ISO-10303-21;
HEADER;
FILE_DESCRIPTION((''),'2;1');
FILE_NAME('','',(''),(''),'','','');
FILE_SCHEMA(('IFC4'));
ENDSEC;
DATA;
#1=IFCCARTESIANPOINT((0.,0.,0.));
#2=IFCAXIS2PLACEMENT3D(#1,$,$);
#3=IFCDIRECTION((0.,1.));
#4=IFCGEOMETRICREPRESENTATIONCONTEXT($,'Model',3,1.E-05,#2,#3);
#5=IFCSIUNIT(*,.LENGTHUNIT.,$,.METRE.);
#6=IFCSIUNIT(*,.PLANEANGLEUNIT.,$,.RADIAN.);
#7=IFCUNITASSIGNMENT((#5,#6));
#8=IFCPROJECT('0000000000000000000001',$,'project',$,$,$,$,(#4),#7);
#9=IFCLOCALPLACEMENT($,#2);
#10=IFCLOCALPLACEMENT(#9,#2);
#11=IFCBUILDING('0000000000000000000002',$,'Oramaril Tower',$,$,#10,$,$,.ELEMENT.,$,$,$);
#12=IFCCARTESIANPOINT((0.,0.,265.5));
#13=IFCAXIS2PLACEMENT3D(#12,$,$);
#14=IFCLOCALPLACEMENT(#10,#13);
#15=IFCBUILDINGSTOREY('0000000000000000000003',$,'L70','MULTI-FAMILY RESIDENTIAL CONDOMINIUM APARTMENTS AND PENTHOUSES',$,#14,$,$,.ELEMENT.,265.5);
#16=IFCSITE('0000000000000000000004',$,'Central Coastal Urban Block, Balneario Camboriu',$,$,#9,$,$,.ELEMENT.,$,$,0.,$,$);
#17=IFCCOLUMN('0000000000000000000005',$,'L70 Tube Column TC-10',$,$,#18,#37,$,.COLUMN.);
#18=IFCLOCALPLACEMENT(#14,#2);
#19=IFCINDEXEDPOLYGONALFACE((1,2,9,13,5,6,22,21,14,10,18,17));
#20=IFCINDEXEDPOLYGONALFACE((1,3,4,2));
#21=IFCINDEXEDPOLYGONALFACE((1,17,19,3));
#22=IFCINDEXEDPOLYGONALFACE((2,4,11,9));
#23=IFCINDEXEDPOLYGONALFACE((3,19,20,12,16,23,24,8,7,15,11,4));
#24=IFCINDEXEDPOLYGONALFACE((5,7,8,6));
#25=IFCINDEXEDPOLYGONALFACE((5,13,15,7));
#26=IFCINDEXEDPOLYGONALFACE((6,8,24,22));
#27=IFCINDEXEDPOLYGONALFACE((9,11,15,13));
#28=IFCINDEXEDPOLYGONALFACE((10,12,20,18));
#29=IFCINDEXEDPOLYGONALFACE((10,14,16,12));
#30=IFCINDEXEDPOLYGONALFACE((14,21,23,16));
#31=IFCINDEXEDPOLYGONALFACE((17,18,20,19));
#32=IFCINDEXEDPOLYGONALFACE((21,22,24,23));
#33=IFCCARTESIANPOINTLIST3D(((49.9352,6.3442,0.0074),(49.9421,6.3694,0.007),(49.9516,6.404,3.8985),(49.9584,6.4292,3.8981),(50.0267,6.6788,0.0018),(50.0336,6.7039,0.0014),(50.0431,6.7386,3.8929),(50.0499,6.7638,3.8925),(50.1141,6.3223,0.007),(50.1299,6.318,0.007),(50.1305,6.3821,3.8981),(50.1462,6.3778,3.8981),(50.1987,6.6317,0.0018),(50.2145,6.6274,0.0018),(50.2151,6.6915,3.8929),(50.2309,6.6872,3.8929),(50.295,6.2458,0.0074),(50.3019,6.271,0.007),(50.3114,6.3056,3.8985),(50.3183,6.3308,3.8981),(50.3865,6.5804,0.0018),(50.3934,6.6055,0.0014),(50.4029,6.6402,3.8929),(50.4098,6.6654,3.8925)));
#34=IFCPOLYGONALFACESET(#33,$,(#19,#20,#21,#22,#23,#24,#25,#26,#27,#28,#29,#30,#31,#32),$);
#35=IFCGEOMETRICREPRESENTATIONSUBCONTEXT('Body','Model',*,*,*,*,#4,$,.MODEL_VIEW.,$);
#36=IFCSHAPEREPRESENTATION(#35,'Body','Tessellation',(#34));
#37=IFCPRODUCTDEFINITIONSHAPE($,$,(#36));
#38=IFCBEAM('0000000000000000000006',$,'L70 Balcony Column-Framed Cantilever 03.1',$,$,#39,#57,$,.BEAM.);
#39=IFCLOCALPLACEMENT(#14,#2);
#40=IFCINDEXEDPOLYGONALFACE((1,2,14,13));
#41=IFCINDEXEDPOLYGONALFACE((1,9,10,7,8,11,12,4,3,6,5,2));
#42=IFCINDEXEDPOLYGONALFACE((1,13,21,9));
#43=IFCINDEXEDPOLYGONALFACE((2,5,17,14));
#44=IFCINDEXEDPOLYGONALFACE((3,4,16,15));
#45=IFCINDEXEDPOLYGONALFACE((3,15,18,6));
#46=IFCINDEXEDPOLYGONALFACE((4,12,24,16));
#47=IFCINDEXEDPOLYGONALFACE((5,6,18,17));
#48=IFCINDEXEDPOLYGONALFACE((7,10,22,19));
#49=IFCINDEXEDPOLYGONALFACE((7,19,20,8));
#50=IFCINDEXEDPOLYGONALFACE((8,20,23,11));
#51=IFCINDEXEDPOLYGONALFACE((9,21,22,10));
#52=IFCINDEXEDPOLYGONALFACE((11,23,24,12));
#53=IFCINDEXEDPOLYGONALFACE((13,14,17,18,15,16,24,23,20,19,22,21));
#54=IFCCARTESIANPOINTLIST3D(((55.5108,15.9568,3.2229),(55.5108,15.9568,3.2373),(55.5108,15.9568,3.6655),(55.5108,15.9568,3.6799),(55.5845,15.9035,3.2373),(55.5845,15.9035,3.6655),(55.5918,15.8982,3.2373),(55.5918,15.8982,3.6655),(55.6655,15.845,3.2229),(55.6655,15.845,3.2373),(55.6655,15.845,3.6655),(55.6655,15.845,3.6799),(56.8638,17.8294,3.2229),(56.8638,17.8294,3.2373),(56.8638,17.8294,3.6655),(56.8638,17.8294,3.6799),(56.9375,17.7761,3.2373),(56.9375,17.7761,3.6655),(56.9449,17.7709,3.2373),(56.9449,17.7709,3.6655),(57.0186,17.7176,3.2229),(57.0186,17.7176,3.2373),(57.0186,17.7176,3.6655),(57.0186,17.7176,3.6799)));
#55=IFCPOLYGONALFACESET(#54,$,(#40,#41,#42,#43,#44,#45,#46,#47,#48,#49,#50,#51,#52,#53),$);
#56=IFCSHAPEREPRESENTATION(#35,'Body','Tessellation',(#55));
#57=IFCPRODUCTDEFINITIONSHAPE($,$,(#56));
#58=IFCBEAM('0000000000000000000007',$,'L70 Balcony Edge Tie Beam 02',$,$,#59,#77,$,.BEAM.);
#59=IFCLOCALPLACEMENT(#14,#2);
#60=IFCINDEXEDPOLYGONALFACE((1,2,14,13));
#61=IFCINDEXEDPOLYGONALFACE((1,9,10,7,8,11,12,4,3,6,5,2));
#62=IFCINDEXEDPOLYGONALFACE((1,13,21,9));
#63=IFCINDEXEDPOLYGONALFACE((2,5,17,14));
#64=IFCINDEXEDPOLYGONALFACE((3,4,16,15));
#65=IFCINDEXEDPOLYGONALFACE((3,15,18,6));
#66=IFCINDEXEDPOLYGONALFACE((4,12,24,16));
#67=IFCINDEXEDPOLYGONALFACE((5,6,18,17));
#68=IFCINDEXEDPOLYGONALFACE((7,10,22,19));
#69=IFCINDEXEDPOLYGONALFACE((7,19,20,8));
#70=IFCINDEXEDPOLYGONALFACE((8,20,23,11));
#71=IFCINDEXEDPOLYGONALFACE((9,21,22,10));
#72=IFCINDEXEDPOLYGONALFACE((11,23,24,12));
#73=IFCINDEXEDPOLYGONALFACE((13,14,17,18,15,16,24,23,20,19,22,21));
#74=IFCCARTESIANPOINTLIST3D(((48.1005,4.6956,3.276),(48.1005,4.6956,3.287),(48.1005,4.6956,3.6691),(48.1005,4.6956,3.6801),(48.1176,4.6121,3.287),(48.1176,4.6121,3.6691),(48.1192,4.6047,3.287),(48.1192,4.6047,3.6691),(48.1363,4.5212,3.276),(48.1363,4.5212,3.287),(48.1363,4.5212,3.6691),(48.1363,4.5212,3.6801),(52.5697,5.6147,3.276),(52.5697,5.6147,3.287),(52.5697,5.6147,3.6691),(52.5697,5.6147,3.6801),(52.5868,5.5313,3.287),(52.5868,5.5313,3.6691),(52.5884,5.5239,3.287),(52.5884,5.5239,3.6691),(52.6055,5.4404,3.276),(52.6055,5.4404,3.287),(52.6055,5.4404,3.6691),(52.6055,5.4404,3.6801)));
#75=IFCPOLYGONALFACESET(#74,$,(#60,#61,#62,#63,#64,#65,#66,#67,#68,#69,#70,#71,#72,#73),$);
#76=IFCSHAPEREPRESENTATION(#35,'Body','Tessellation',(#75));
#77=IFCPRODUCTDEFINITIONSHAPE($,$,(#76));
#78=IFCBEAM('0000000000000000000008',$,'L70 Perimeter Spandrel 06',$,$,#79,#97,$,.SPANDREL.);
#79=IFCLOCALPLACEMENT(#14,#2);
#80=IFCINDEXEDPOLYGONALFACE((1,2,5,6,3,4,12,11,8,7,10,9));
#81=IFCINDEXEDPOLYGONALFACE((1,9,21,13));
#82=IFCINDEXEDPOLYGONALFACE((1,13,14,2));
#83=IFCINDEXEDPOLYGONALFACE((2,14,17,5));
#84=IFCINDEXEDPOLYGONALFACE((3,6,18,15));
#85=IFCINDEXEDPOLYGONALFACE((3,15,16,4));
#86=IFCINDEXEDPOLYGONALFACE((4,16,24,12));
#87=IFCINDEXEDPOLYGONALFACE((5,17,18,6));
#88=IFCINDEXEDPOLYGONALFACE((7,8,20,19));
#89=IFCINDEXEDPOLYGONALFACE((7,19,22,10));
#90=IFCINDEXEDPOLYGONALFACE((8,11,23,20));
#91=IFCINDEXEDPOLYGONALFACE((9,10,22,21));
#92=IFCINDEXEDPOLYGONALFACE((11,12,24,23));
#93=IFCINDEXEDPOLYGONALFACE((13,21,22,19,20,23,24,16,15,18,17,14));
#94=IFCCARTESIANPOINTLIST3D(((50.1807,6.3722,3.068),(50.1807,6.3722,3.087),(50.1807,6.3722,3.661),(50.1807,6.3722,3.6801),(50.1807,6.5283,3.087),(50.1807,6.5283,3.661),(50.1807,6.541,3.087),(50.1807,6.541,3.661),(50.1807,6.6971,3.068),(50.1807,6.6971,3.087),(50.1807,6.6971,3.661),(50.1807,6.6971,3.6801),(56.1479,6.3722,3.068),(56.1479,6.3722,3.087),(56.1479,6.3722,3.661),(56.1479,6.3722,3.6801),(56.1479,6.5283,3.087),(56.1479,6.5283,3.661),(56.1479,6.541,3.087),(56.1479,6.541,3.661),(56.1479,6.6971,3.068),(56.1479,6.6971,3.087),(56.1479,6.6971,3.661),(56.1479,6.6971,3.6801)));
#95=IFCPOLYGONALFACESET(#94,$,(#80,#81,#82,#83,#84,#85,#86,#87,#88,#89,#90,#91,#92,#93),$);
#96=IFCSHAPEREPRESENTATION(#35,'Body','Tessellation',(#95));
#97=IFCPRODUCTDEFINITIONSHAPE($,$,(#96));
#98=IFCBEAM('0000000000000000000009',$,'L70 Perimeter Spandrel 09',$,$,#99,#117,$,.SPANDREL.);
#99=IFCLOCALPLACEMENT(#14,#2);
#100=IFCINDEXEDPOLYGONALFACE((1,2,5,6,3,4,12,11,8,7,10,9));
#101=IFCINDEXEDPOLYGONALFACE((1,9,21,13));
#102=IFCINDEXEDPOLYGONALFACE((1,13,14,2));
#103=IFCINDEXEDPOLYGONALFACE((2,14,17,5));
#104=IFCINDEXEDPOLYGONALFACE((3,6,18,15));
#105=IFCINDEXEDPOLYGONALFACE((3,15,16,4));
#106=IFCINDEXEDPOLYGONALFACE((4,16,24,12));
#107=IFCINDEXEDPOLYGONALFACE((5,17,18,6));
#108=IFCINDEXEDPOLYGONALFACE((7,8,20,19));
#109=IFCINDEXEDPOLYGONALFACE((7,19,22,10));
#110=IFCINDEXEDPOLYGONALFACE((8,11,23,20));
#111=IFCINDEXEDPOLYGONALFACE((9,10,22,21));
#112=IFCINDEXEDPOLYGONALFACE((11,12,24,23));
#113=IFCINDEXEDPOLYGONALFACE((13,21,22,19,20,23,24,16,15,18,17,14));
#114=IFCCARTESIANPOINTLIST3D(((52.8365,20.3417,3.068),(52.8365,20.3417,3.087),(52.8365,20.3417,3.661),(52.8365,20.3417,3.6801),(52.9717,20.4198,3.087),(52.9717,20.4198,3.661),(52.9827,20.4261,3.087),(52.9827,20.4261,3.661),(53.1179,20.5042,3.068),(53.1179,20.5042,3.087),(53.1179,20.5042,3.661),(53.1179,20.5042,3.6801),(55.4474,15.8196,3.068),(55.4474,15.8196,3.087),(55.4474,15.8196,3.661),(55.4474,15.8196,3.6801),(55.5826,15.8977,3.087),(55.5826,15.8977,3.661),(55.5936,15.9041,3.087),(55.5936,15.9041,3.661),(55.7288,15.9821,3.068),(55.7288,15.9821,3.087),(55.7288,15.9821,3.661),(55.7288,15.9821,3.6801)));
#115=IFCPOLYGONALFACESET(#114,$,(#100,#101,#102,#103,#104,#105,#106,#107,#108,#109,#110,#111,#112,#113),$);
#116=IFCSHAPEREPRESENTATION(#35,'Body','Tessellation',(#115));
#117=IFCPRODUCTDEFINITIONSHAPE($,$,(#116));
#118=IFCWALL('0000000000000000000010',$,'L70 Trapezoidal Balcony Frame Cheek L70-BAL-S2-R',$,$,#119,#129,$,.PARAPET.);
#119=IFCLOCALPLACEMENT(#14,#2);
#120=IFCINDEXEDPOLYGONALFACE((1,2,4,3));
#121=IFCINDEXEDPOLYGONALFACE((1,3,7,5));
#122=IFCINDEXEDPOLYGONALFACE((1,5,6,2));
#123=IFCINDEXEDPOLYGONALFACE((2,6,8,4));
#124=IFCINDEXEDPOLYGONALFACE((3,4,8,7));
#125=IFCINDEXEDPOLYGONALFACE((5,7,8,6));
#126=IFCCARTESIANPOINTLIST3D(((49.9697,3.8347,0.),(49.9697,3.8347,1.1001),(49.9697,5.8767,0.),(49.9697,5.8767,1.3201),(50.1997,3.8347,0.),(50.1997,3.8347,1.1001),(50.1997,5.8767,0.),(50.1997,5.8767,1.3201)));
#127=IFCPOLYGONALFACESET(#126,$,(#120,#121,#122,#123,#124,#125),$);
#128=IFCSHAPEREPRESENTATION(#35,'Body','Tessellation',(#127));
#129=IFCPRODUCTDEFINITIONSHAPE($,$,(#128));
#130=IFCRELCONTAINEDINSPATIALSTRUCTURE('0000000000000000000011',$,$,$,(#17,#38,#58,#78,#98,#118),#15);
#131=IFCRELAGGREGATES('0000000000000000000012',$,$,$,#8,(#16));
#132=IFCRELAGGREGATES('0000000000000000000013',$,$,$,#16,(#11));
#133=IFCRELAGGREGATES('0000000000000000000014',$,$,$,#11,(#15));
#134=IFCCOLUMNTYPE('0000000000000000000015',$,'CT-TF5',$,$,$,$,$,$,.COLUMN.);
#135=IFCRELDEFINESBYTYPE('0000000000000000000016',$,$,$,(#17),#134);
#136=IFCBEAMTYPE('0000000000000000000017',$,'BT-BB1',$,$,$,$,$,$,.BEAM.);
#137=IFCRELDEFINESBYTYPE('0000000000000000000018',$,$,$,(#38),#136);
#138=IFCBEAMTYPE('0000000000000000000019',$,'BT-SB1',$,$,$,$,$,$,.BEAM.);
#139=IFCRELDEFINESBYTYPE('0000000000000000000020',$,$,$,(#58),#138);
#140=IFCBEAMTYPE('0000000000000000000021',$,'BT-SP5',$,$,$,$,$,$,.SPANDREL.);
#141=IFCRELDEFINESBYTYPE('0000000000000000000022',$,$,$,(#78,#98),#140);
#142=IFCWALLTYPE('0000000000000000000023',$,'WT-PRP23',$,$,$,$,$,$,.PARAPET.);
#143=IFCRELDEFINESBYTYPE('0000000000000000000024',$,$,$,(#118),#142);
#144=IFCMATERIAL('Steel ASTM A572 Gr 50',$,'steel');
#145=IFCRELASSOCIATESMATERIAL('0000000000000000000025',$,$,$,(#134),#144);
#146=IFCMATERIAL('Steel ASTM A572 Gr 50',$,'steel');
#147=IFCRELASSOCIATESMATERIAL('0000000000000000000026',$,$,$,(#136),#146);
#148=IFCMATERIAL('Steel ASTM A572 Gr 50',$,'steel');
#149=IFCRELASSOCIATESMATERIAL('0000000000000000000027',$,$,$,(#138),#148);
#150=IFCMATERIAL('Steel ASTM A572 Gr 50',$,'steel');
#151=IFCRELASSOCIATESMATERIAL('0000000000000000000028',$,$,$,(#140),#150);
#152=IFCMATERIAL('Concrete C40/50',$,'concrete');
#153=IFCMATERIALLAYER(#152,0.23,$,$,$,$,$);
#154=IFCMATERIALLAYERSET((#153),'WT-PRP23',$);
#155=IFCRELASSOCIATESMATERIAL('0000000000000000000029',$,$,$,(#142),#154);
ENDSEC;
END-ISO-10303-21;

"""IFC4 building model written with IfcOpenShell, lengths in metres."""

from ifc_helpers import new_model, si_unit, direction, frame, origin, origin_2d, place, context, subcontext, project, spatial, polyline, i_section, outline, extrude, material, layer, layer_set, material_profile, profile_set, type_object, element, save


model = new_model("IFC4")

# Units and contexts
model_context = context("Model", 3, precision=1e-05, world=origin(), true_north=direction((0.0, 1.0)))
body_context = subcontext(model_context, "Body", "Model", "MODEL_VIEW")
ifc_project = project(units=[si_unit("LENGTHUNIT", "METRE"), si_unit("PLANEANGLEUNIT", "RADIAN")], contexts=[model_context])

# Site, building, storey
site_placement = place(None, origin())
site = spatial("IfcSite", under=ifc_project, at=site_placement, Name="Central Coastal Urban Block, Balneario Camboriu", CompositionType="ELEMENT", RefElevation=0.0)
building_placement = place(site_placement, origin())
building = spatial("IfcBuilding", under=site, at=building_placement, Name="Oramaril Tower", CompositionType="ELEMENT")
storey_placement = place(building_placement, frame((0.0, 0.0, 265.5)))
storey = spatial("IfcBuildingStorey", under=building, at=storey_placement, Name="L70", Description="MULTI-FAMILY RESIDENTIAL CONDOMINIUM APARTMENTS AND PENTHOUSES", CompositionType="ELEMENT", Elevation=265.5)

# Column
ifc_material_1 = material(Name="Steel ASTM A572 Gr 50", Category="steel")
ifc_material_profile_1 = material_profile(ifc_material_1, i_section(OverallWidth=0.373, OverallDepth=0.373, WebThickness=0.0164, FlangeThickness=0.0261, at=origin_2d()), Name="W14X132")
ifc_profile_set_1 = profile_set([ifc_material_profile_1], Name="Steel ASTM A572 Gr 50")
column_type = type_object("IfcColumnType", Name="CT-TF5", PredefinedType="COLUMN", material=ifc_profile_set_1)
column_placement = place(storey_placement, frame((50.1643, 6.4749, 0.0044), z_axis=(0.004203, 0.01537, 0.999873), x_axis=(-0.964582, 0.263784, 0.0)))
element("IfcColumn", 1, at=column_placement, inside=storey, type_object=column_type, Name="L70 Tube Column TC-10", PredefinedType="COLUMN", context=body_context, shape_type="SweptSolid", body=[
    extrude(i_section(OverallWidth=0.373, OverallDepth=0.373, WebThickness=0.0164, FlangeThickness=0.0261, at=origin_2d()), origin(), (0.0, 0.0, 1.0), 3.8916),
])

# Beams
ifc_material_2 = material(Name="Steel ASTM A572 Gr 50", Category="steel")
ifc_material_profile_2 = material_profile(ifc_material_2, i_section(OverallWidth=0.1909, OverallDepth=0.457, WebThickness=0.009, FlangeThickness=0.0144, at=origin_2d()), Name="W18X50")
ifc_profile_set_2 = profile_set([ifc_material_profile_2], Name="Steel ASTM A572 Gr 50")
beam_type_1 = type_object("IfcBeamType", Name="BT-BB1", PredefinedType="BEAM", material=ifc_profile_set_2)
beam_1_placement = place(storey_placement, frame((55.5881, 15.9009, 3.4514), z_axis=(0.585668, 0.810551, 0.0), x_axis=(-0.810551, 0.585668, 0.0)))
element("IfcBeam", 2, at=beam_1_placement, inside=storey, type_object=beam_type_1, Name="L70 Balcony Column-Framed Cantilever 03.1", PredefinedType="BEAM", context=body_context, shape_type="SweptSolid", body=[
    extrude(i_section(OverallWidth=0.1909, OverallDepth=0.457, WebThickness=0.009, FlangeThickness=0.0144, at=origin_2d()), origin(), (0.0, 0.0, 1.0), 2.3103),
])
ifc_material_3 = material(Name="Steel ASTM A572 Gr 50", Category="steel")
ifc_material_profile_3 = material_profile(ifc_material_3, i_section(OverallWidth=0.178, OverallDepth=0.4041, WebThickness=0.0076, FlangeThickness=0.011, at=origin_2d()), Name="W16X36")
ifc_profile_set_3 = profile_set([ifc_material_profile_3], Name="Steel ASTM A572 Gr 50")
beam_type_2 = type_object("IfcBeamType", Name="BT-SB1", PredefinedType="BEAM", material=ifc_profile_set_3)
beam_2_placement = place(storey_placement, frame((48.1184, 4.6084, 3.478), z_axis=(0.979498, 0.201454, 0.0), x_axis=(-0.201454, 0.979498, 0.0)))
element("IfcBeam", 3, at=beam_2_placement, inside=storey, type_object=beam_type_2, Name="L70 Balcony Edge Tie Beam 02", PredefinedType="BEAM", context=body_context, shape_type="SweptSolid", body=[
    extrude(i_section(OverallWidth=0.178, OverallDepth=0.4041, WebThickness=0.0076, FlangeThickness=0.011, at=origin_2d()), origin(), (0.0, 0.0, 1.0), 4.5627),
])
ifc_material_4 = material(Name="Steel ASTM A572 Gr 50", Category="steel")
ifc_material_profile_4 = material_profile(ifc_material_4, i_section(OverallWidth=0.325, OverallDepth=0.6121, WebThickness=0.0127, FlangeThickness=0.019, at=origin_2d()), Name="W24X104")
ifc_profile_set_4 = profile_set([ifc_material_profile_4], Name="Steel ASTM A572 Gr 50")
beam_type_3 = type_object("IfcBeamType", Name="BT-SP5", PredefinedType="SPANDREL", material=ifc_profile_set_4)
beam_3_placement = place(storey_placement, frame((50.1807, 6.5347, 3.374), z_axis=(1.0, 0.0, 0.0), x_axis=(0.0, 1.0, 0.0)))
element("IfcBeam", 4, at=beam_3_placement, inside=storey, type_object=beam_type_3, Name="L70 Perimeter Spandrel 06", PredefinedType="SPANDREL", context=body_context, shape_type="SweptSolid", body=[
    extrude(i_section(OverallWidth=0.325, OverallDepth=0.6121, WebThickness=0.0127, FlangeThickness=0.019, at=origin_2d()), origin(), (0.0, 0.0, 1.0), 5.9673),
])
beam_4_placement = place(storey_placement, frame((55.5881, 15.9009, 3.374), z_axis=(-0.500011, 0.866019, 0.0), x_axis=(-0.866019, -0.500011, 0.0)))
element("IfcBeam", 5, at=beam_4_placement, inside=storey, type_object=beam_type_3, Name="L70 Perimeter Spandrel 09", PredefinedType="SPANDREL", context=body_context, shape_type="SweptSolid", body=[
    extrude(i_section(OverallWidth=0.325, OverallDepth=0.6121, WebThickness=0.0127, FlangeThickness=0.019, at=origin_2d()), origin(), (0.0, 0.0, 1.0), 5.2217),
])

# Wall
ifc_material_5 = material(Name="Concrete C40/50", Category="concrete")
ifc_layer_1 = layer(ifc_material_5, 0.23)
ifc_layer_set_1 = layer_set([ifc_layer_1], Name="WT-PRP23")
wall_type_1 = type_object("IfcWallType", Name="WT-PRP23", PredefinedType="PARAPET", material=ifc_layer_set_1)
wall_1_placement = place(storey_placement, frame((50.0847, 5.8767, 0.0), z_axis=(0.0, 0.0, 1.0), x_axis=(0.0, -1.0, 0.0)))
element("IfcWall", 6, at=wall_1_placement, inside=storey, type_object=wall_type_1, Name="L70 Trapezoidal Balcony Frame Cheek L70-BAL-S2-R", PredefinedType="PARAPET", context=body_context, shape_type="SweptSolid", body=[
    extrude(outline(polyline([(0.0, 0.0), (2.042, 0.0), (2.042, 1.1001), (0.0, 1.3201), (0.0, 0.0)])), frame((0.0, 0.115, 0.0), z_axis=(0.0, -1.0, 0.0), x_axis=(1.0, 0.0, 0.0)), (0.0, 0.0, 1.0), 0.23),
])

save(model, "model.ifc")
